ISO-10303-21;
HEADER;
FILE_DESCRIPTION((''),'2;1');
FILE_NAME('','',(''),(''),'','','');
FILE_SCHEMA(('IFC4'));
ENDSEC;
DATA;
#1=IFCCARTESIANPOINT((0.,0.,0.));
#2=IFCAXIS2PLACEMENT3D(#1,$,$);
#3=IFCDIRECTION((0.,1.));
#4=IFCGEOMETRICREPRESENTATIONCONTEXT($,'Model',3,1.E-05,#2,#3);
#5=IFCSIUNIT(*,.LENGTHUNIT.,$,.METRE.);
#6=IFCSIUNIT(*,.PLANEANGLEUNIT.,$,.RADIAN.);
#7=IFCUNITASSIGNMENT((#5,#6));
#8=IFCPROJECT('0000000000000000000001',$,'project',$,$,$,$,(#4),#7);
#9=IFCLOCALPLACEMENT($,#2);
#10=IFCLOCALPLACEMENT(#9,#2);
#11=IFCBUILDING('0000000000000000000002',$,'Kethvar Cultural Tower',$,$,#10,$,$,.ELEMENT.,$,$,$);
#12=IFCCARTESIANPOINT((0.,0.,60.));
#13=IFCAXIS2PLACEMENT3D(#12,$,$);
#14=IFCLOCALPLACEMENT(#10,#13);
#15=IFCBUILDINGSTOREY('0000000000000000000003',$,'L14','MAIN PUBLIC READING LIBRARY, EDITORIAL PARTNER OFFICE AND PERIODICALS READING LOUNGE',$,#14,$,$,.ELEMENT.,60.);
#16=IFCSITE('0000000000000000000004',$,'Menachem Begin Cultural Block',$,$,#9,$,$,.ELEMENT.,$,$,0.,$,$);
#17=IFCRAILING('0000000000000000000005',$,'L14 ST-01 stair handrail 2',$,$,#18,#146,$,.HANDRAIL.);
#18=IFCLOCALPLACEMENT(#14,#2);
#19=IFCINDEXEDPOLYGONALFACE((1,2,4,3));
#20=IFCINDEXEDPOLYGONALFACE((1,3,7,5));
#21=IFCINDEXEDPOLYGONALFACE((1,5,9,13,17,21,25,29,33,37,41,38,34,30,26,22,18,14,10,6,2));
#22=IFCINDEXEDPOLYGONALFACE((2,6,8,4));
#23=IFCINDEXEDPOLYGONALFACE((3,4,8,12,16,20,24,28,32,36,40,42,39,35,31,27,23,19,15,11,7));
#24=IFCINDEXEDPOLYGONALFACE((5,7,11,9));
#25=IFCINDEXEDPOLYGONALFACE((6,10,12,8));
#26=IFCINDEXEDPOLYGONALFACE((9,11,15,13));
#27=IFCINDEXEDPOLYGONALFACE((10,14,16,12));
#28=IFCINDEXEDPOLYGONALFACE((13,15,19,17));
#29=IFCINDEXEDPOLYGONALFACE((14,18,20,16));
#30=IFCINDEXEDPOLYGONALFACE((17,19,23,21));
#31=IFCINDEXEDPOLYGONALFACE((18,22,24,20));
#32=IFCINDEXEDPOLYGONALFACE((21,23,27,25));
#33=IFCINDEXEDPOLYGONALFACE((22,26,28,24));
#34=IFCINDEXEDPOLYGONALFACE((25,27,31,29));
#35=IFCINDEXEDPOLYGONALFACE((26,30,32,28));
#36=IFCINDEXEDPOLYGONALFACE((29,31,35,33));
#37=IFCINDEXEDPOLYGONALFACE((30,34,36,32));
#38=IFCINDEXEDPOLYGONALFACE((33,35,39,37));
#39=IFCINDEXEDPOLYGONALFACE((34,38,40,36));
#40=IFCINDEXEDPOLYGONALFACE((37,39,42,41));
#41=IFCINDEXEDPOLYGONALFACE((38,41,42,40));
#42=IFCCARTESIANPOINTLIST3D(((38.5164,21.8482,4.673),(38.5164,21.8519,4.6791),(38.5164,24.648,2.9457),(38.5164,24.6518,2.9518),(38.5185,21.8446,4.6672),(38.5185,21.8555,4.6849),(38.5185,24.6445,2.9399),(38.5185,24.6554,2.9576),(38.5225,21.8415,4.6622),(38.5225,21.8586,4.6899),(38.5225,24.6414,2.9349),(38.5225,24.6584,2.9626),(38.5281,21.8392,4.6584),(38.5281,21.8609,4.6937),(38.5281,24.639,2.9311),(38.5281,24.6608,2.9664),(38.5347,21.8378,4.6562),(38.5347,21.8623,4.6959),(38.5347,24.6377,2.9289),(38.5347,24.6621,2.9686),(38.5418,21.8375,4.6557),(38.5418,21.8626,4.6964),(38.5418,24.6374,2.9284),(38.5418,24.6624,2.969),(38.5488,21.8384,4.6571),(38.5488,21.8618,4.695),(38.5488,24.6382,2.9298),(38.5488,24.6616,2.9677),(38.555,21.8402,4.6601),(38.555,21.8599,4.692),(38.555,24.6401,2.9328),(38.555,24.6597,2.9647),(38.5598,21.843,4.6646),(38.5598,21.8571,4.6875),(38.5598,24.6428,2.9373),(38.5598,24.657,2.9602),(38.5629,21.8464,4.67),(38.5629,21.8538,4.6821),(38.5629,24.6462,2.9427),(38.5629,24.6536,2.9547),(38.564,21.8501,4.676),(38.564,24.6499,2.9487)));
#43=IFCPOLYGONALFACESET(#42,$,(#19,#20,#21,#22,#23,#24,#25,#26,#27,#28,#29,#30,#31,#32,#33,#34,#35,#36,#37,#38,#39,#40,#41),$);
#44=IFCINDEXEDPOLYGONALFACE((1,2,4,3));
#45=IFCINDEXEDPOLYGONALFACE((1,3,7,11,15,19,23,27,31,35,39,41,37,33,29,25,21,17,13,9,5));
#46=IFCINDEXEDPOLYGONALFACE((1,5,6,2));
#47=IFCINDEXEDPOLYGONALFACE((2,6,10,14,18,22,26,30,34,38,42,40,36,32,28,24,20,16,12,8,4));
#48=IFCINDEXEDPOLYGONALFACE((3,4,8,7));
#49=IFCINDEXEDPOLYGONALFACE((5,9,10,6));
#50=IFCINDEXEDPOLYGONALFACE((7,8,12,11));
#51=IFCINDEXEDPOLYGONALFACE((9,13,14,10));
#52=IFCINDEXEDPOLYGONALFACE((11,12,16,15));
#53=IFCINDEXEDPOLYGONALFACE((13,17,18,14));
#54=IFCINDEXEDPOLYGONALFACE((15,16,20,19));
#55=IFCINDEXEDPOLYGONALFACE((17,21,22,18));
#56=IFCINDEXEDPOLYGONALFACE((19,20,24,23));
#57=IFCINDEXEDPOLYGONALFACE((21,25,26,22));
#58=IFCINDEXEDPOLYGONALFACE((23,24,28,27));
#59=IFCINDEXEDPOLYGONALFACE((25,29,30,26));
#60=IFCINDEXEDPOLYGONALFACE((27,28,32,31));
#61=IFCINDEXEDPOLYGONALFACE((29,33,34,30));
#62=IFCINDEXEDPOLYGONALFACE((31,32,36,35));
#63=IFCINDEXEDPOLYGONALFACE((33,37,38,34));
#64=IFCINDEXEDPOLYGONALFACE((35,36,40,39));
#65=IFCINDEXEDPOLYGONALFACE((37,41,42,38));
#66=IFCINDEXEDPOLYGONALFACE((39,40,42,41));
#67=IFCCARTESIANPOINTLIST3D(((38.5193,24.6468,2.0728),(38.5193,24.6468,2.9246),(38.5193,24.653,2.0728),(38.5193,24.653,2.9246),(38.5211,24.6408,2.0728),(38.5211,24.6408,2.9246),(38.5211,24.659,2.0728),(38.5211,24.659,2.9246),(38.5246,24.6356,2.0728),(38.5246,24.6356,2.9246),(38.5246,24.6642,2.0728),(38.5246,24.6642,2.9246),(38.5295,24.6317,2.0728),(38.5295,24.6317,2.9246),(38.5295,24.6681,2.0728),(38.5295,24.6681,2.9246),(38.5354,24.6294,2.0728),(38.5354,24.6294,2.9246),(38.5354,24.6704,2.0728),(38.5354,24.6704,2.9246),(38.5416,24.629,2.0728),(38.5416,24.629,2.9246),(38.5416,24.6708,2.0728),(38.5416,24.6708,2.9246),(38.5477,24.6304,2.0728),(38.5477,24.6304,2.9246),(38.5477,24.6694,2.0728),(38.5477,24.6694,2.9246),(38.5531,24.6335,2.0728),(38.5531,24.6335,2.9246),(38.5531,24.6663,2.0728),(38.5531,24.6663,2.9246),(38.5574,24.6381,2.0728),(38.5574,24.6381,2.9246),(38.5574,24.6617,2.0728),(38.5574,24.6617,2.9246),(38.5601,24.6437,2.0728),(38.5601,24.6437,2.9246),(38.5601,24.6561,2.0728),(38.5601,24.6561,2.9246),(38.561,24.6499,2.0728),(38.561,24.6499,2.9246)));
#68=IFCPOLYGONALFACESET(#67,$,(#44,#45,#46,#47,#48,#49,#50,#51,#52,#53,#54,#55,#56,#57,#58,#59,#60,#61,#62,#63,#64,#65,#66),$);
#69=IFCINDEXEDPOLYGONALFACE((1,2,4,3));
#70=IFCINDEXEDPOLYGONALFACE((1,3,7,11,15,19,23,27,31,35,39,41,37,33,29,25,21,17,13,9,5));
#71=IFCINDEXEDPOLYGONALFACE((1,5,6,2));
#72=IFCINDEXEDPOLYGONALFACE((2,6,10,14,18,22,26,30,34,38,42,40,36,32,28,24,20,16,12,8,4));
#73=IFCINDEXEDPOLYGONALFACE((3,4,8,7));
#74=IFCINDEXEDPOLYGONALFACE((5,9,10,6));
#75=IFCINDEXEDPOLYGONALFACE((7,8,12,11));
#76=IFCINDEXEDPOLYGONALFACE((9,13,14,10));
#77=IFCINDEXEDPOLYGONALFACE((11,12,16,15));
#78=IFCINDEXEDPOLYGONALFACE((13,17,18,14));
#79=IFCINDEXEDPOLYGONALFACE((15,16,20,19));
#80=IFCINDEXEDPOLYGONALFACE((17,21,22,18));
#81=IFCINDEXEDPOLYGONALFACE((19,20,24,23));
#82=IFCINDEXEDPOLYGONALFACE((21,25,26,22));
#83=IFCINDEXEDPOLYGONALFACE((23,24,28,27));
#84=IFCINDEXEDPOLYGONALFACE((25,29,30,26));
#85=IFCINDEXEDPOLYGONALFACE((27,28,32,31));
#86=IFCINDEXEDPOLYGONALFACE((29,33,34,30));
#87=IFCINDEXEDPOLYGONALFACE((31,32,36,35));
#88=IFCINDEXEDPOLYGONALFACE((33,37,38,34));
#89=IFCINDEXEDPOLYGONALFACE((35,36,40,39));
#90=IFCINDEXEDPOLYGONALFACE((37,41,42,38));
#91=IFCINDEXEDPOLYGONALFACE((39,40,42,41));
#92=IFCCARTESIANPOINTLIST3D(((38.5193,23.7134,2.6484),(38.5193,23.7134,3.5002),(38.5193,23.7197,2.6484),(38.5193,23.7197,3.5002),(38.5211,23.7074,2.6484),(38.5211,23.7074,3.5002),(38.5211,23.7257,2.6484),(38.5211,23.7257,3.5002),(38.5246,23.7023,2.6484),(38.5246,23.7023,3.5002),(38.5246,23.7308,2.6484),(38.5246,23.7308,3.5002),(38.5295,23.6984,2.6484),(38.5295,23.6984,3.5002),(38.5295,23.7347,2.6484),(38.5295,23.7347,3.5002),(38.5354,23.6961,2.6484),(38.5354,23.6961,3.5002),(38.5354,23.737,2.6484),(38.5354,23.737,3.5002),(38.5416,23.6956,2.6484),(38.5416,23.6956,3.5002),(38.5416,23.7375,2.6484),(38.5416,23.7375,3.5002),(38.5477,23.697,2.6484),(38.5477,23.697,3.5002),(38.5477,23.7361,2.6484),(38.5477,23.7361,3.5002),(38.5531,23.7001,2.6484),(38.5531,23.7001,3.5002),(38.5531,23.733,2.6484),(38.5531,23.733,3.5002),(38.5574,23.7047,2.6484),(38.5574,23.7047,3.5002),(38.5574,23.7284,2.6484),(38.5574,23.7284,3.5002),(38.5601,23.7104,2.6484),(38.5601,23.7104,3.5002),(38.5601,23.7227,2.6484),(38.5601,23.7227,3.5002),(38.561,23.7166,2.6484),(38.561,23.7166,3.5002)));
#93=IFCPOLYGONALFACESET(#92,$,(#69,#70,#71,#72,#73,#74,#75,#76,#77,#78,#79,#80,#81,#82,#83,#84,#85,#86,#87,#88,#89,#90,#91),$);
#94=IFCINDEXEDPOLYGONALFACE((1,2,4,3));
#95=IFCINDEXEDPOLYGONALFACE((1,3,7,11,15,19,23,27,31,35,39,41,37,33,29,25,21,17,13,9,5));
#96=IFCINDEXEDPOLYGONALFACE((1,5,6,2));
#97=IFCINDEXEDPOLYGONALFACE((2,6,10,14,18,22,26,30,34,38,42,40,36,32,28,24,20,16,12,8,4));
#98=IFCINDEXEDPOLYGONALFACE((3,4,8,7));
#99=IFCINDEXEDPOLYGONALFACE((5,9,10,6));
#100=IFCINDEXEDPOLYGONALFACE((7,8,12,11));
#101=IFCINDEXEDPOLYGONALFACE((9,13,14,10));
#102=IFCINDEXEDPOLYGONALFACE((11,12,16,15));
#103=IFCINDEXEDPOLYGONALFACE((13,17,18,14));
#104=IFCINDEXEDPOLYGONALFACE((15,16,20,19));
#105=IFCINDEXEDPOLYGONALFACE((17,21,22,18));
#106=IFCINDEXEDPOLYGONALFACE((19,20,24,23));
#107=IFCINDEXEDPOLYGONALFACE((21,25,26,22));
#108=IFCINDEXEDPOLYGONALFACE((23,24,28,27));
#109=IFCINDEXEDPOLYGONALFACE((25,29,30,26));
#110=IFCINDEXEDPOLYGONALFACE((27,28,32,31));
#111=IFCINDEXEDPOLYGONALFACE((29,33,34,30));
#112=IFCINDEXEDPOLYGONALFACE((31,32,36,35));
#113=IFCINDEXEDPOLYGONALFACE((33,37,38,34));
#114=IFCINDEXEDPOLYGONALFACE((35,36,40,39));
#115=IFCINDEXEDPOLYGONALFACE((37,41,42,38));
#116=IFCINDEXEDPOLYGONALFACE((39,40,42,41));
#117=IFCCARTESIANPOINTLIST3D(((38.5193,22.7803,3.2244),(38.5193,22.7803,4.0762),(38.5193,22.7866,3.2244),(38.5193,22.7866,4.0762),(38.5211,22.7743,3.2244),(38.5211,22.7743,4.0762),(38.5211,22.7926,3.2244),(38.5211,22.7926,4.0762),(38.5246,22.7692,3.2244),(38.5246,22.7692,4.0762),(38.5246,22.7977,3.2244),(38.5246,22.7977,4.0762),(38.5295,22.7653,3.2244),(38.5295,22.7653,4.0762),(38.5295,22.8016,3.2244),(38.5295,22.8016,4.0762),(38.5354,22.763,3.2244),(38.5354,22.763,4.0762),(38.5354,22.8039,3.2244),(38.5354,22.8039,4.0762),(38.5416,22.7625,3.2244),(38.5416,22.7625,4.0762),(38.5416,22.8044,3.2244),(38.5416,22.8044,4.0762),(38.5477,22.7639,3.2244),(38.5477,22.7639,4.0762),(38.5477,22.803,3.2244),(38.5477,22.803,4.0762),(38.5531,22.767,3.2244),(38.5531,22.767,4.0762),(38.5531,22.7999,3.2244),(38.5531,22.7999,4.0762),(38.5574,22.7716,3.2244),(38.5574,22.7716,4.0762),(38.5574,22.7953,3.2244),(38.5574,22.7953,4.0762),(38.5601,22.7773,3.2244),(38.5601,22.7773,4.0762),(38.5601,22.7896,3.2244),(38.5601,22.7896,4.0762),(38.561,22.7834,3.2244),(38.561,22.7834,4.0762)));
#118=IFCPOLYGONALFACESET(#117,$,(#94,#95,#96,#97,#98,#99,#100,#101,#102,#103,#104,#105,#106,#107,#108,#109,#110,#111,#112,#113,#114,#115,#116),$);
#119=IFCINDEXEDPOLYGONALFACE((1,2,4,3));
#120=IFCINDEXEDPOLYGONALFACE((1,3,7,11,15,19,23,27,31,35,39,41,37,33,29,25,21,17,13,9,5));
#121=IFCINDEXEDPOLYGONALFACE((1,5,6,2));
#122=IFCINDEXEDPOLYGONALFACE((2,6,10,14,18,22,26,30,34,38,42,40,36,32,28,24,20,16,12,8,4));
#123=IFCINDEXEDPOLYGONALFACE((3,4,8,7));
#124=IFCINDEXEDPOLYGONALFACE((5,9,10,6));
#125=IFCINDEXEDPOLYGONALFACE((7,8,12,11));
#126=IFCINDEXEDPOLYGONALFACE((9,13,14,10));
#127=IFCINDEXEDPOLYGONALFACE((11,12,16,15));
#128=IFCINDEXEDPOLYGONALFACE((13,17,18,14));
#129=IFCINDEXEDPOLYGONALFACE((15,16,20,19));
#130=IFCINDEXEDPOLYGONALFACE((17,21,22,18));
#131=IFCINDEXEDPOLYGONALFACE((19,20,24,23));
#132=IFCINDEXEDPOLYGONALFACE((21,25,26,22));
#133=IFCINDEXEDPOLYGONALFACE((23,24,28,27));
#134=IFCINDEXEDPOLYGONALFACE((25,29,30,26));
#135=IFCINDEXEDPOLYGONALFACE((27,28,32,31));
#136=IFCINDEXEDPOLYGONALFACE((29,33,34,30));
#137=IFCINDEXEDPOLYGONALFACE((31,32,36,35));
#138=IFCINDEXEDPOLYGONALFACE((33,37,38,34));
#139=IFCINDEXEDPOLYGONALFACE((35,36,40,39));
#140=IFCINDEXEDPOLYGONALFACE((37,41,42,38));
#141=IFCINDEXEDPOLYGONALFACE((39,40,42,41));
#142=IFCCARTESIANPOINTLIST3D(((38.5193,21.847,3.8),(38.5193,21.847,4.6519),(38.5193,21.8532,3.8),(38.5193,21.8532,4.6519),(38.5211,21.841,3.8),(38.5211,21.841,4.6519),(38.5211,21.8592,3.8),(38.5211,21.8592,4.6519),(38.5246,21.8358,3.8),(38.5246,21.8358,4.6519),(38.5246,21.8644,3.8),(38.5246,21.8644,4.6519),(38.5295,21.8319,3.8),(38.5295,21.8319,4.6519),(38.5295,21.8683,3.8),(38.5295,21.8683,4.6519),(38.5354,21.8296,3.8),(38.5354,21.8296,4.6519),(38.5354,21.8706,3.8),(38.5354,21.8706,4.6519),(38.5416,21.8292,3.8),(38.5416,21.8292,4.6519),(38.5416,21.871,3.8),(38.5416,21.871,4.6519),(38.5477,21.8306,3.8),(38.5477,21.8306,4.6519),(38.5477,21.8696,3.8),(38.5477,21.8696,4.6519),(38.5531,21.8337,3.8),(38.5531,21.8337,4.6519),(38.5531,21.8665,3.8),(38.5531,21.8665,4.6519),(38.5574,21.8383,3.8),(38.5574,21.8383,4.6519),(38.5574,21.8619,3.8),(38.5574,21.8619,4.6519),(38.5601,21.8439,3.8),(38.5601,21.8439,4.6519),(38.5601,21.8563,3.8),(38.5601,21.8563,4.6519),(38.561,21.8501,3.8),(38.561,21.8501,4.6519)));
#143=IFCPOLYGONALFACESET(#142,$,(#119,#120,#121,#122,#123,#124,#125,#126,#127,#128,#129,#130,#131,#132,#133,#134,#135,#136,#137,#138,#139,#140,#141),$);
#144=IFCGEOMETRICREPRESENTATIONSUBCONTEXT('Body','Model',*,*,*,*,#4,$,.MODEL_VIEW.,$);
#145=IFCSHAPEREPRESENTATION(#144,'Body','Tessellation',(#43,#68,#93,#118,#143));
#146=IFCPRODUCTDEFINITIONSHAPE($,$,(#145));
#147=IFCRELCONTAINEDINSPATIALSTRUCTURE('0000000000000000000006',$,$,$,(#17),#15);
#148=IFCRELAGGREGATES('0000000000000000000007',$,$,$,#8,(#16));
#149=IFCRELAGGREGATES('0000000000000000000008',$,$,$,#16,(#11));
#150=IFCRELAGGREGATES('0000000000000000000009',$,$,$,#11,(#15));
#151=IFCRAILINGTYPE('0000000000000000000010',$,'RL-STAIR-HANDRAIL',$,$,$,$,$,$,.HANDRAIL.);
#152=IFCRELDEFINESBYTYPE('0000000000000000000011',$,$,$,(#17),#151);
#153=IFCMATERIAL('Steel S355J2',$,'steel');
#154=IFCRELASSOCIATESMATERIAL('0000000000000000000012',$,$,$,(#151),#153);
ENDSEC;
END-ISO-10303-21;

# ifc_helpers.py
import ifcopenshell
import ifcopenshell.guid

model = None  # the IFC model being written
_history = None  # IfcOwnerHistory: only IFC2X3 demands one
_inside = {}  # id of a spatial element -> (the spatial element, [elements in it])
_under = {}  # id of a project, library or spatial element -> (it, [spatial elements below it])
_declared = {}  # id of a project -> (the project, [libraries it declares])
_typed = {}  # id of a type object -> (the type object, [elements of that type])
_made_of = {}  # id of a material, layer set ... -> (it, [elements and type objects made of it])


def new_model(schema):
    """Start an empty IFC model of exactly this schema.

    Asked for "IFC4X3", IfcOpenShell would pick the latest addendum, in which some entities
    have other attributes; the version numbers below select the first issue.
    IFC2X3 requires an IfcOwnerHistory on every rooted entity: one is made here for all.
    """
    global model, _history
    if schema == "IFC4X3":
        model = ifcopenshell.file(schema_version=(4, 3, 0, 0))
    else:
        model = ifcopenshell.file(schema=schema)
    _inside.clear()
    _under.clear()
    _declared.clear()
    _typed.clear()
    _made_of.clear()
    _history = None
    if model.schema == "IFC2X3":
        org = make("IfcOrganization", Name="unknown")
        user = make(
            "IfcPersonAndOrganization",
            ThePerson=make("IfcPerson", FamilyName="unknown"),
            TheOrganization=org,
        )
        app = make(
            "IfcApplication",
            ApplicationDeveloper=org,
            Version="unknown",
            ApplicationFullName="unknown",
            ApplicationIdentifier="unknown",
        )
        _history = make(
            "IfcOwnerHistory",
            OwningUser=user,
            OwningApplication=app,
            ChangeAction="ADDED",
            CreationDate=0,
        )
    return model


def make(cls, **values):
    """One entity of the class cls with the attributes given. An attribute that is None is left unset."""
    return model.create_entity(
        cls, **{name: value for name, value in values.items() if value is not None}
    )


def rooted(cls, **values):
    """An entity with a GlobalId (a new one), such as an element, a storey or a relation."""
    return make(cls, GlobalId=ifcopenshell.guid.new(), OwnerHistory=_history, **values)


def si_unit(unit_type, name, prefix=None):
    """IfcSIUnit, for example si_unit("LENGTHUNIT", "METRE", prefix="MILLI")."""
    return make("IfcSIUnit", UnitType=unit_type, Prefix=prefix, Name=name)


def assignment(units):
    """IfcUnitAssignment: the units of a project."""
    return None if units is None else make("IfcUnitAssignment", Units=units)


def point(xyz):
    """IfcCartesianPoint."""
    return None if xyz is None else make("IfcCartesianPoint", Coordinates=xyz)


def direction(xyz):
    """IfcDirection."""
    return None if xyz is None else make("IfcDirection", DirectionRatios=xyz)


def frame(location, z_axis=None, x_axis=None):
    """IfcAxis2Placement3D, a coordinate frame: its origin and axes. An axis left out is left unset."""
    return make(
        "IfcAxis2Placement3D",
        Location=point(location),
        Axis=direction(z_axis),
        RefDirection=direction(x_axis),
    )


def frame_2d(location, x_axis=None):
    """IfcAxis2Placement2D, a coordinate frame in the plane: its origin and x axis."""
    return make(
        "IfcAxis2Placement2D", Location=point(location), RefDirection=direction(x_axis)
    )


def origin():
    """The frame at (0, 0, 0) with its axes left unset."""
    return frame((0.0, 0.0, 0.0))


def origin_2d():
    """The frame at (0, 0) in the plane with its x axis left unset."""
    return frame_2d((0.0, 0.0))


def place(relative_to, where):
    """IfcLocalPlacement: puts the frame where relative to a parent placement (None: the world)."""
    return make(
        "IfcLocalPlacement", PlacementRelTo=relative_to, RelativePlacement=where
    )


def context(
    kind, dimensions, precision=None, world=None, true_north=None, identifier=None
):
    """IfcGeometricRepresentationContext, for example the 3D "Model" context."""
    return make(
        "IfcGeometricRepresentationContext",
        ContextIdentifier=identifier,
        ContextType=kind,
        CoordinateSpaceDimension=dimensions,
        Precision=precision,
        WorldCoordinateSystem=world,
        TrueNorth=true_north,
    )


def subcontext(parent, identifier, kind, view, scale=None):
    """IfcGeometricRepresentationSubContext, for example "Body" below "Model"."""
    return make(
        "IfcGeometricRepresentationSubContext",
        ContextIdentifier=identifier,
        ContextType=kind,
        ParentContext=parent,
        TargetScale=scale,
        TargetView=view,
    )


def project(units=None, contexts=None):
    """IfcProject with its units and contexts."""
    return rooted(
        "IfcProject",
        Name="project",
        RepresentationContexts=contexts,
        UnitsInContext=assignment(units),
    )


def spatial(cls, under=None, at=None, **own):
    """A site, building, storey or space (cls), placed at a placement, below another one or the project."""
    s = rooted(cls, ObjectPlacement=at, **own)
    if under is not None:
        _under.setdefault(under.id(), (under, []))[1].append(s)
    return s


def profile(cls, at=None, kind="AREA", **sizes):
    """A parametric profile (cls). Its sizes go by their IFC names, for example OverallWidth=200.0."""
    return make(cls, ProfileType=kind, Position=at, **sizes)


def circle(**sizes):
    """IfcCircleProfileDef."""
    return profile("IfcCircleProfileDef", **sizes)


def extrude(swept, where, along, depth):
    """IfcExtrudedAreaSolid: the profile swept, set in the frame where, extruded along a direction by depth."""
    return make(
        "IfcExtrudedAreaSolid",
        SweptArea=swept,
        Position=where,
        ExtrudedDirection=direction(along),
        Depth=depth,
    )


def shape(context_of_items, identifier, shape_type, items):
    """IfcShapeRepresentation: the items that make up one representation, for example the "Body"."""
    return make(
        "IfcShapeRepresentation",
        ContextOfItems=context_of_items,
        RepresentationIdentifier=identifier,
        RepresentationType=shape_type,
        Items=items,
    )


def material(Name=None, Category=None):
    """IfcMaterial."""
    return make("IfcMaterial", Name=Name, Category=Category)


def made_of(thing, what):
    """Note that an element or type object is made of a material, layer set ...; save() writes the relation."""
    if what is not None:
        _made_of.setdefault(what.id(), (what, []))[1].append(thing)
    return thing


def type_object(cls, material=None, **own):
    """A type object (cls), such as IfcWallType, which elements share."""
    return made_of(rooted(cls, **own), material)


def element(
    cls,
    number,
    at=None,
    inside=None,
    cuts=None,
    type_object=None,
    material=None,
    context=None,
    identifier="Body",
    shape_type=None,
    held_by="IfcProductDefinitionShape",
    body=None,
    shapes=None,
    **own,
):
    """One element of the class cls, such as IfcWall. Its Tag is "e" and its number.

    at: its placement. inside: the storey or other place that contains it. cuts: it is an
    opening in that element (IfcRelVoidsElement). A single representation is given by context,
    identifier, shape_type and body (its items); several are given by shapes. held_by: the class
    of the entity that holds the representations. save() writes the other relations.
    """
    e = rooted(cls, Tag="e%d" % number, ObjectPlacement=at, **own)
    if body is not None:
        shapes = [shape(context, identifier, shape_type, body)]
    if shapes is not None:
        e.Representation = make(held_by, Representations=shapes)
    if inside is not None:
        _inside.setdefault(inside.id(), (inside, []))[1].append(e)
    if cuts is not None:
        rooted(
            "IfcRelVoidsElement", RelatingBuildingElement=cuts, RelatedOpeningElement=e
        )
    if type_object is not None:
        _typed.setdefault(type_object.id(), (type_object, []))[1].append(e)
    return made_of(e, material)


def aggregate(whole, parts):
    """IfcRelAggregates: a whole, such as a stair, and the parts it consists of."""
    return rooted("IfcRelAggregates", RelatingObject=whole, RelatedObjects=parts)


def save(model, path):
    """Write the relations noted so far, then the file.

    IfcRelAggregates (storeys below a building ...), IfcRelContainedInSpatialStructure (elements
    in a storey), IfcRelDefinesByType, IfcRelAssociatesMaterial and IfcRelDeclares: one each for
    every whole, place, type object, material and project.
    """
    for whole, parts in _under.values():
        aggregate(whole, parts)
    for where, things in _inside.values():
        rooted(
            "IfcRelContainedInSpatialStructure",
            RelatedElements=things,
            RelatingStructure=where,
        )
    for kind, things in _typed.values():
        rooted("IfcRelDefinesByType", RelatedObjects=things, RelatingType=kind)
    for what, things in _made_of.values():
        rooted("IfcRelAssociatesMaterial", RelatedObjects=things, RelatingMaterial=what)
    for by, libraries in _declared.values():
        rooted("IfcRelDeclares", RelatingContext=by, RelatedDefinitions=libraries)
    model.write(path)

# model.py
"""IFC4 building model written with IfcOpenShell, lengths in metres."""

from ifc_helpers import new_model, si_unit, direction, frame, origin, origin_2d, place, context, subcontext, project, spatial, circle, extrude, material, type_object, element, save


model = new_model("IFC4")

# Units and contexts
model_context = context("Model", 3, precision=1e-05, world=origin(), true_north=direction((0.0, 1.0)))
body_context = subcontext(model_context, "Body", "Model", "MODEL_VIEW")
ifc_project = project(units=[si_unit("LENGTHUNIT", "METRE"), si_unit("PLANEANGLEUNIT", "RADIAN")], contexts=[model_context])

# Site, building, storey
site_placement = place(None, origin())
site = spatial("IfcSite", under=ifc_project, at=site_placement, Name="Menachem Begin Cultural Block", CompositionType="ELEMENT", RefElevation=0.0)
building_placement = place(site_placement, origin())
building = spatial("IfcBuilding", under=site, at=building_placement, Name="Kethvar Cultural Tower", CompositionType="ELEMENT")
storey_placement = place(building_placement, frame((0.0, 0.0, 60.0)))
storey = spatial("IfcBuildingStorey", under=building, at=storey_placement, Name="L14", Description="MAIN PUBLIC READING LIBRARY, EDITORIAL PARTNER OFFICE AND PERIODICALS READING LOUNGE", CompositionType="ELEMENT", Elevation=60.0)

# Shared definitions
ifc_material_1 = material(Name="Steel S355J2", Category="steel")

# Railing
railing_type_1 = type_object("IfcRailingType", Name="RL-STAIR-HANDRAIL", PredefinedType="HANDRAIL", material=ifc_material_1)
railing_1_placement = place(storey_placement, frame((38.54, 24.6499, 2.0728)))
element("IfcRailing", 1, at=railing_1_placement, inside=storey, type_object=railing_type_1, Name="L14 ST-01 stair handrail 2", PredefinedType="HANDRAIL", context=body_context, shape_type="SweptSolid", body=[
    extrude(circle(Radius=0.0239, at=origin_2d()), frame((0.0, 0.0, 0.876), z_axis=(0.0, -0.851069, 0.525054), x_axis=(1.0, 0.0, 0.0)), (0.0, 0.0, 1.0), 3.2898),
    extrude(circle(Radius=0.021, at=origin_2d()), origin(), (0.0, 0.0, 1.0), 0.8518),
    extrude(circle(Radius=0.021, at=origin_2d()), frame((0.0, -0.9333, 0.5757)), (0.0, 0.0, 1.0), 0.8518),
    extrude(circle(Radius=0.021, at=origin_2d()), frame((0.0, -1.8665, 1.1516)), (0.0, 0.0, 1.0), 0.8518),
    extrude(circle(Radius=0.021, at=origin_2d()), frame((0.0, -2.7998, 1.7273)), (0.0, 0.0, 1.0), 0.8518),
])

save(model, "model.ifc")
